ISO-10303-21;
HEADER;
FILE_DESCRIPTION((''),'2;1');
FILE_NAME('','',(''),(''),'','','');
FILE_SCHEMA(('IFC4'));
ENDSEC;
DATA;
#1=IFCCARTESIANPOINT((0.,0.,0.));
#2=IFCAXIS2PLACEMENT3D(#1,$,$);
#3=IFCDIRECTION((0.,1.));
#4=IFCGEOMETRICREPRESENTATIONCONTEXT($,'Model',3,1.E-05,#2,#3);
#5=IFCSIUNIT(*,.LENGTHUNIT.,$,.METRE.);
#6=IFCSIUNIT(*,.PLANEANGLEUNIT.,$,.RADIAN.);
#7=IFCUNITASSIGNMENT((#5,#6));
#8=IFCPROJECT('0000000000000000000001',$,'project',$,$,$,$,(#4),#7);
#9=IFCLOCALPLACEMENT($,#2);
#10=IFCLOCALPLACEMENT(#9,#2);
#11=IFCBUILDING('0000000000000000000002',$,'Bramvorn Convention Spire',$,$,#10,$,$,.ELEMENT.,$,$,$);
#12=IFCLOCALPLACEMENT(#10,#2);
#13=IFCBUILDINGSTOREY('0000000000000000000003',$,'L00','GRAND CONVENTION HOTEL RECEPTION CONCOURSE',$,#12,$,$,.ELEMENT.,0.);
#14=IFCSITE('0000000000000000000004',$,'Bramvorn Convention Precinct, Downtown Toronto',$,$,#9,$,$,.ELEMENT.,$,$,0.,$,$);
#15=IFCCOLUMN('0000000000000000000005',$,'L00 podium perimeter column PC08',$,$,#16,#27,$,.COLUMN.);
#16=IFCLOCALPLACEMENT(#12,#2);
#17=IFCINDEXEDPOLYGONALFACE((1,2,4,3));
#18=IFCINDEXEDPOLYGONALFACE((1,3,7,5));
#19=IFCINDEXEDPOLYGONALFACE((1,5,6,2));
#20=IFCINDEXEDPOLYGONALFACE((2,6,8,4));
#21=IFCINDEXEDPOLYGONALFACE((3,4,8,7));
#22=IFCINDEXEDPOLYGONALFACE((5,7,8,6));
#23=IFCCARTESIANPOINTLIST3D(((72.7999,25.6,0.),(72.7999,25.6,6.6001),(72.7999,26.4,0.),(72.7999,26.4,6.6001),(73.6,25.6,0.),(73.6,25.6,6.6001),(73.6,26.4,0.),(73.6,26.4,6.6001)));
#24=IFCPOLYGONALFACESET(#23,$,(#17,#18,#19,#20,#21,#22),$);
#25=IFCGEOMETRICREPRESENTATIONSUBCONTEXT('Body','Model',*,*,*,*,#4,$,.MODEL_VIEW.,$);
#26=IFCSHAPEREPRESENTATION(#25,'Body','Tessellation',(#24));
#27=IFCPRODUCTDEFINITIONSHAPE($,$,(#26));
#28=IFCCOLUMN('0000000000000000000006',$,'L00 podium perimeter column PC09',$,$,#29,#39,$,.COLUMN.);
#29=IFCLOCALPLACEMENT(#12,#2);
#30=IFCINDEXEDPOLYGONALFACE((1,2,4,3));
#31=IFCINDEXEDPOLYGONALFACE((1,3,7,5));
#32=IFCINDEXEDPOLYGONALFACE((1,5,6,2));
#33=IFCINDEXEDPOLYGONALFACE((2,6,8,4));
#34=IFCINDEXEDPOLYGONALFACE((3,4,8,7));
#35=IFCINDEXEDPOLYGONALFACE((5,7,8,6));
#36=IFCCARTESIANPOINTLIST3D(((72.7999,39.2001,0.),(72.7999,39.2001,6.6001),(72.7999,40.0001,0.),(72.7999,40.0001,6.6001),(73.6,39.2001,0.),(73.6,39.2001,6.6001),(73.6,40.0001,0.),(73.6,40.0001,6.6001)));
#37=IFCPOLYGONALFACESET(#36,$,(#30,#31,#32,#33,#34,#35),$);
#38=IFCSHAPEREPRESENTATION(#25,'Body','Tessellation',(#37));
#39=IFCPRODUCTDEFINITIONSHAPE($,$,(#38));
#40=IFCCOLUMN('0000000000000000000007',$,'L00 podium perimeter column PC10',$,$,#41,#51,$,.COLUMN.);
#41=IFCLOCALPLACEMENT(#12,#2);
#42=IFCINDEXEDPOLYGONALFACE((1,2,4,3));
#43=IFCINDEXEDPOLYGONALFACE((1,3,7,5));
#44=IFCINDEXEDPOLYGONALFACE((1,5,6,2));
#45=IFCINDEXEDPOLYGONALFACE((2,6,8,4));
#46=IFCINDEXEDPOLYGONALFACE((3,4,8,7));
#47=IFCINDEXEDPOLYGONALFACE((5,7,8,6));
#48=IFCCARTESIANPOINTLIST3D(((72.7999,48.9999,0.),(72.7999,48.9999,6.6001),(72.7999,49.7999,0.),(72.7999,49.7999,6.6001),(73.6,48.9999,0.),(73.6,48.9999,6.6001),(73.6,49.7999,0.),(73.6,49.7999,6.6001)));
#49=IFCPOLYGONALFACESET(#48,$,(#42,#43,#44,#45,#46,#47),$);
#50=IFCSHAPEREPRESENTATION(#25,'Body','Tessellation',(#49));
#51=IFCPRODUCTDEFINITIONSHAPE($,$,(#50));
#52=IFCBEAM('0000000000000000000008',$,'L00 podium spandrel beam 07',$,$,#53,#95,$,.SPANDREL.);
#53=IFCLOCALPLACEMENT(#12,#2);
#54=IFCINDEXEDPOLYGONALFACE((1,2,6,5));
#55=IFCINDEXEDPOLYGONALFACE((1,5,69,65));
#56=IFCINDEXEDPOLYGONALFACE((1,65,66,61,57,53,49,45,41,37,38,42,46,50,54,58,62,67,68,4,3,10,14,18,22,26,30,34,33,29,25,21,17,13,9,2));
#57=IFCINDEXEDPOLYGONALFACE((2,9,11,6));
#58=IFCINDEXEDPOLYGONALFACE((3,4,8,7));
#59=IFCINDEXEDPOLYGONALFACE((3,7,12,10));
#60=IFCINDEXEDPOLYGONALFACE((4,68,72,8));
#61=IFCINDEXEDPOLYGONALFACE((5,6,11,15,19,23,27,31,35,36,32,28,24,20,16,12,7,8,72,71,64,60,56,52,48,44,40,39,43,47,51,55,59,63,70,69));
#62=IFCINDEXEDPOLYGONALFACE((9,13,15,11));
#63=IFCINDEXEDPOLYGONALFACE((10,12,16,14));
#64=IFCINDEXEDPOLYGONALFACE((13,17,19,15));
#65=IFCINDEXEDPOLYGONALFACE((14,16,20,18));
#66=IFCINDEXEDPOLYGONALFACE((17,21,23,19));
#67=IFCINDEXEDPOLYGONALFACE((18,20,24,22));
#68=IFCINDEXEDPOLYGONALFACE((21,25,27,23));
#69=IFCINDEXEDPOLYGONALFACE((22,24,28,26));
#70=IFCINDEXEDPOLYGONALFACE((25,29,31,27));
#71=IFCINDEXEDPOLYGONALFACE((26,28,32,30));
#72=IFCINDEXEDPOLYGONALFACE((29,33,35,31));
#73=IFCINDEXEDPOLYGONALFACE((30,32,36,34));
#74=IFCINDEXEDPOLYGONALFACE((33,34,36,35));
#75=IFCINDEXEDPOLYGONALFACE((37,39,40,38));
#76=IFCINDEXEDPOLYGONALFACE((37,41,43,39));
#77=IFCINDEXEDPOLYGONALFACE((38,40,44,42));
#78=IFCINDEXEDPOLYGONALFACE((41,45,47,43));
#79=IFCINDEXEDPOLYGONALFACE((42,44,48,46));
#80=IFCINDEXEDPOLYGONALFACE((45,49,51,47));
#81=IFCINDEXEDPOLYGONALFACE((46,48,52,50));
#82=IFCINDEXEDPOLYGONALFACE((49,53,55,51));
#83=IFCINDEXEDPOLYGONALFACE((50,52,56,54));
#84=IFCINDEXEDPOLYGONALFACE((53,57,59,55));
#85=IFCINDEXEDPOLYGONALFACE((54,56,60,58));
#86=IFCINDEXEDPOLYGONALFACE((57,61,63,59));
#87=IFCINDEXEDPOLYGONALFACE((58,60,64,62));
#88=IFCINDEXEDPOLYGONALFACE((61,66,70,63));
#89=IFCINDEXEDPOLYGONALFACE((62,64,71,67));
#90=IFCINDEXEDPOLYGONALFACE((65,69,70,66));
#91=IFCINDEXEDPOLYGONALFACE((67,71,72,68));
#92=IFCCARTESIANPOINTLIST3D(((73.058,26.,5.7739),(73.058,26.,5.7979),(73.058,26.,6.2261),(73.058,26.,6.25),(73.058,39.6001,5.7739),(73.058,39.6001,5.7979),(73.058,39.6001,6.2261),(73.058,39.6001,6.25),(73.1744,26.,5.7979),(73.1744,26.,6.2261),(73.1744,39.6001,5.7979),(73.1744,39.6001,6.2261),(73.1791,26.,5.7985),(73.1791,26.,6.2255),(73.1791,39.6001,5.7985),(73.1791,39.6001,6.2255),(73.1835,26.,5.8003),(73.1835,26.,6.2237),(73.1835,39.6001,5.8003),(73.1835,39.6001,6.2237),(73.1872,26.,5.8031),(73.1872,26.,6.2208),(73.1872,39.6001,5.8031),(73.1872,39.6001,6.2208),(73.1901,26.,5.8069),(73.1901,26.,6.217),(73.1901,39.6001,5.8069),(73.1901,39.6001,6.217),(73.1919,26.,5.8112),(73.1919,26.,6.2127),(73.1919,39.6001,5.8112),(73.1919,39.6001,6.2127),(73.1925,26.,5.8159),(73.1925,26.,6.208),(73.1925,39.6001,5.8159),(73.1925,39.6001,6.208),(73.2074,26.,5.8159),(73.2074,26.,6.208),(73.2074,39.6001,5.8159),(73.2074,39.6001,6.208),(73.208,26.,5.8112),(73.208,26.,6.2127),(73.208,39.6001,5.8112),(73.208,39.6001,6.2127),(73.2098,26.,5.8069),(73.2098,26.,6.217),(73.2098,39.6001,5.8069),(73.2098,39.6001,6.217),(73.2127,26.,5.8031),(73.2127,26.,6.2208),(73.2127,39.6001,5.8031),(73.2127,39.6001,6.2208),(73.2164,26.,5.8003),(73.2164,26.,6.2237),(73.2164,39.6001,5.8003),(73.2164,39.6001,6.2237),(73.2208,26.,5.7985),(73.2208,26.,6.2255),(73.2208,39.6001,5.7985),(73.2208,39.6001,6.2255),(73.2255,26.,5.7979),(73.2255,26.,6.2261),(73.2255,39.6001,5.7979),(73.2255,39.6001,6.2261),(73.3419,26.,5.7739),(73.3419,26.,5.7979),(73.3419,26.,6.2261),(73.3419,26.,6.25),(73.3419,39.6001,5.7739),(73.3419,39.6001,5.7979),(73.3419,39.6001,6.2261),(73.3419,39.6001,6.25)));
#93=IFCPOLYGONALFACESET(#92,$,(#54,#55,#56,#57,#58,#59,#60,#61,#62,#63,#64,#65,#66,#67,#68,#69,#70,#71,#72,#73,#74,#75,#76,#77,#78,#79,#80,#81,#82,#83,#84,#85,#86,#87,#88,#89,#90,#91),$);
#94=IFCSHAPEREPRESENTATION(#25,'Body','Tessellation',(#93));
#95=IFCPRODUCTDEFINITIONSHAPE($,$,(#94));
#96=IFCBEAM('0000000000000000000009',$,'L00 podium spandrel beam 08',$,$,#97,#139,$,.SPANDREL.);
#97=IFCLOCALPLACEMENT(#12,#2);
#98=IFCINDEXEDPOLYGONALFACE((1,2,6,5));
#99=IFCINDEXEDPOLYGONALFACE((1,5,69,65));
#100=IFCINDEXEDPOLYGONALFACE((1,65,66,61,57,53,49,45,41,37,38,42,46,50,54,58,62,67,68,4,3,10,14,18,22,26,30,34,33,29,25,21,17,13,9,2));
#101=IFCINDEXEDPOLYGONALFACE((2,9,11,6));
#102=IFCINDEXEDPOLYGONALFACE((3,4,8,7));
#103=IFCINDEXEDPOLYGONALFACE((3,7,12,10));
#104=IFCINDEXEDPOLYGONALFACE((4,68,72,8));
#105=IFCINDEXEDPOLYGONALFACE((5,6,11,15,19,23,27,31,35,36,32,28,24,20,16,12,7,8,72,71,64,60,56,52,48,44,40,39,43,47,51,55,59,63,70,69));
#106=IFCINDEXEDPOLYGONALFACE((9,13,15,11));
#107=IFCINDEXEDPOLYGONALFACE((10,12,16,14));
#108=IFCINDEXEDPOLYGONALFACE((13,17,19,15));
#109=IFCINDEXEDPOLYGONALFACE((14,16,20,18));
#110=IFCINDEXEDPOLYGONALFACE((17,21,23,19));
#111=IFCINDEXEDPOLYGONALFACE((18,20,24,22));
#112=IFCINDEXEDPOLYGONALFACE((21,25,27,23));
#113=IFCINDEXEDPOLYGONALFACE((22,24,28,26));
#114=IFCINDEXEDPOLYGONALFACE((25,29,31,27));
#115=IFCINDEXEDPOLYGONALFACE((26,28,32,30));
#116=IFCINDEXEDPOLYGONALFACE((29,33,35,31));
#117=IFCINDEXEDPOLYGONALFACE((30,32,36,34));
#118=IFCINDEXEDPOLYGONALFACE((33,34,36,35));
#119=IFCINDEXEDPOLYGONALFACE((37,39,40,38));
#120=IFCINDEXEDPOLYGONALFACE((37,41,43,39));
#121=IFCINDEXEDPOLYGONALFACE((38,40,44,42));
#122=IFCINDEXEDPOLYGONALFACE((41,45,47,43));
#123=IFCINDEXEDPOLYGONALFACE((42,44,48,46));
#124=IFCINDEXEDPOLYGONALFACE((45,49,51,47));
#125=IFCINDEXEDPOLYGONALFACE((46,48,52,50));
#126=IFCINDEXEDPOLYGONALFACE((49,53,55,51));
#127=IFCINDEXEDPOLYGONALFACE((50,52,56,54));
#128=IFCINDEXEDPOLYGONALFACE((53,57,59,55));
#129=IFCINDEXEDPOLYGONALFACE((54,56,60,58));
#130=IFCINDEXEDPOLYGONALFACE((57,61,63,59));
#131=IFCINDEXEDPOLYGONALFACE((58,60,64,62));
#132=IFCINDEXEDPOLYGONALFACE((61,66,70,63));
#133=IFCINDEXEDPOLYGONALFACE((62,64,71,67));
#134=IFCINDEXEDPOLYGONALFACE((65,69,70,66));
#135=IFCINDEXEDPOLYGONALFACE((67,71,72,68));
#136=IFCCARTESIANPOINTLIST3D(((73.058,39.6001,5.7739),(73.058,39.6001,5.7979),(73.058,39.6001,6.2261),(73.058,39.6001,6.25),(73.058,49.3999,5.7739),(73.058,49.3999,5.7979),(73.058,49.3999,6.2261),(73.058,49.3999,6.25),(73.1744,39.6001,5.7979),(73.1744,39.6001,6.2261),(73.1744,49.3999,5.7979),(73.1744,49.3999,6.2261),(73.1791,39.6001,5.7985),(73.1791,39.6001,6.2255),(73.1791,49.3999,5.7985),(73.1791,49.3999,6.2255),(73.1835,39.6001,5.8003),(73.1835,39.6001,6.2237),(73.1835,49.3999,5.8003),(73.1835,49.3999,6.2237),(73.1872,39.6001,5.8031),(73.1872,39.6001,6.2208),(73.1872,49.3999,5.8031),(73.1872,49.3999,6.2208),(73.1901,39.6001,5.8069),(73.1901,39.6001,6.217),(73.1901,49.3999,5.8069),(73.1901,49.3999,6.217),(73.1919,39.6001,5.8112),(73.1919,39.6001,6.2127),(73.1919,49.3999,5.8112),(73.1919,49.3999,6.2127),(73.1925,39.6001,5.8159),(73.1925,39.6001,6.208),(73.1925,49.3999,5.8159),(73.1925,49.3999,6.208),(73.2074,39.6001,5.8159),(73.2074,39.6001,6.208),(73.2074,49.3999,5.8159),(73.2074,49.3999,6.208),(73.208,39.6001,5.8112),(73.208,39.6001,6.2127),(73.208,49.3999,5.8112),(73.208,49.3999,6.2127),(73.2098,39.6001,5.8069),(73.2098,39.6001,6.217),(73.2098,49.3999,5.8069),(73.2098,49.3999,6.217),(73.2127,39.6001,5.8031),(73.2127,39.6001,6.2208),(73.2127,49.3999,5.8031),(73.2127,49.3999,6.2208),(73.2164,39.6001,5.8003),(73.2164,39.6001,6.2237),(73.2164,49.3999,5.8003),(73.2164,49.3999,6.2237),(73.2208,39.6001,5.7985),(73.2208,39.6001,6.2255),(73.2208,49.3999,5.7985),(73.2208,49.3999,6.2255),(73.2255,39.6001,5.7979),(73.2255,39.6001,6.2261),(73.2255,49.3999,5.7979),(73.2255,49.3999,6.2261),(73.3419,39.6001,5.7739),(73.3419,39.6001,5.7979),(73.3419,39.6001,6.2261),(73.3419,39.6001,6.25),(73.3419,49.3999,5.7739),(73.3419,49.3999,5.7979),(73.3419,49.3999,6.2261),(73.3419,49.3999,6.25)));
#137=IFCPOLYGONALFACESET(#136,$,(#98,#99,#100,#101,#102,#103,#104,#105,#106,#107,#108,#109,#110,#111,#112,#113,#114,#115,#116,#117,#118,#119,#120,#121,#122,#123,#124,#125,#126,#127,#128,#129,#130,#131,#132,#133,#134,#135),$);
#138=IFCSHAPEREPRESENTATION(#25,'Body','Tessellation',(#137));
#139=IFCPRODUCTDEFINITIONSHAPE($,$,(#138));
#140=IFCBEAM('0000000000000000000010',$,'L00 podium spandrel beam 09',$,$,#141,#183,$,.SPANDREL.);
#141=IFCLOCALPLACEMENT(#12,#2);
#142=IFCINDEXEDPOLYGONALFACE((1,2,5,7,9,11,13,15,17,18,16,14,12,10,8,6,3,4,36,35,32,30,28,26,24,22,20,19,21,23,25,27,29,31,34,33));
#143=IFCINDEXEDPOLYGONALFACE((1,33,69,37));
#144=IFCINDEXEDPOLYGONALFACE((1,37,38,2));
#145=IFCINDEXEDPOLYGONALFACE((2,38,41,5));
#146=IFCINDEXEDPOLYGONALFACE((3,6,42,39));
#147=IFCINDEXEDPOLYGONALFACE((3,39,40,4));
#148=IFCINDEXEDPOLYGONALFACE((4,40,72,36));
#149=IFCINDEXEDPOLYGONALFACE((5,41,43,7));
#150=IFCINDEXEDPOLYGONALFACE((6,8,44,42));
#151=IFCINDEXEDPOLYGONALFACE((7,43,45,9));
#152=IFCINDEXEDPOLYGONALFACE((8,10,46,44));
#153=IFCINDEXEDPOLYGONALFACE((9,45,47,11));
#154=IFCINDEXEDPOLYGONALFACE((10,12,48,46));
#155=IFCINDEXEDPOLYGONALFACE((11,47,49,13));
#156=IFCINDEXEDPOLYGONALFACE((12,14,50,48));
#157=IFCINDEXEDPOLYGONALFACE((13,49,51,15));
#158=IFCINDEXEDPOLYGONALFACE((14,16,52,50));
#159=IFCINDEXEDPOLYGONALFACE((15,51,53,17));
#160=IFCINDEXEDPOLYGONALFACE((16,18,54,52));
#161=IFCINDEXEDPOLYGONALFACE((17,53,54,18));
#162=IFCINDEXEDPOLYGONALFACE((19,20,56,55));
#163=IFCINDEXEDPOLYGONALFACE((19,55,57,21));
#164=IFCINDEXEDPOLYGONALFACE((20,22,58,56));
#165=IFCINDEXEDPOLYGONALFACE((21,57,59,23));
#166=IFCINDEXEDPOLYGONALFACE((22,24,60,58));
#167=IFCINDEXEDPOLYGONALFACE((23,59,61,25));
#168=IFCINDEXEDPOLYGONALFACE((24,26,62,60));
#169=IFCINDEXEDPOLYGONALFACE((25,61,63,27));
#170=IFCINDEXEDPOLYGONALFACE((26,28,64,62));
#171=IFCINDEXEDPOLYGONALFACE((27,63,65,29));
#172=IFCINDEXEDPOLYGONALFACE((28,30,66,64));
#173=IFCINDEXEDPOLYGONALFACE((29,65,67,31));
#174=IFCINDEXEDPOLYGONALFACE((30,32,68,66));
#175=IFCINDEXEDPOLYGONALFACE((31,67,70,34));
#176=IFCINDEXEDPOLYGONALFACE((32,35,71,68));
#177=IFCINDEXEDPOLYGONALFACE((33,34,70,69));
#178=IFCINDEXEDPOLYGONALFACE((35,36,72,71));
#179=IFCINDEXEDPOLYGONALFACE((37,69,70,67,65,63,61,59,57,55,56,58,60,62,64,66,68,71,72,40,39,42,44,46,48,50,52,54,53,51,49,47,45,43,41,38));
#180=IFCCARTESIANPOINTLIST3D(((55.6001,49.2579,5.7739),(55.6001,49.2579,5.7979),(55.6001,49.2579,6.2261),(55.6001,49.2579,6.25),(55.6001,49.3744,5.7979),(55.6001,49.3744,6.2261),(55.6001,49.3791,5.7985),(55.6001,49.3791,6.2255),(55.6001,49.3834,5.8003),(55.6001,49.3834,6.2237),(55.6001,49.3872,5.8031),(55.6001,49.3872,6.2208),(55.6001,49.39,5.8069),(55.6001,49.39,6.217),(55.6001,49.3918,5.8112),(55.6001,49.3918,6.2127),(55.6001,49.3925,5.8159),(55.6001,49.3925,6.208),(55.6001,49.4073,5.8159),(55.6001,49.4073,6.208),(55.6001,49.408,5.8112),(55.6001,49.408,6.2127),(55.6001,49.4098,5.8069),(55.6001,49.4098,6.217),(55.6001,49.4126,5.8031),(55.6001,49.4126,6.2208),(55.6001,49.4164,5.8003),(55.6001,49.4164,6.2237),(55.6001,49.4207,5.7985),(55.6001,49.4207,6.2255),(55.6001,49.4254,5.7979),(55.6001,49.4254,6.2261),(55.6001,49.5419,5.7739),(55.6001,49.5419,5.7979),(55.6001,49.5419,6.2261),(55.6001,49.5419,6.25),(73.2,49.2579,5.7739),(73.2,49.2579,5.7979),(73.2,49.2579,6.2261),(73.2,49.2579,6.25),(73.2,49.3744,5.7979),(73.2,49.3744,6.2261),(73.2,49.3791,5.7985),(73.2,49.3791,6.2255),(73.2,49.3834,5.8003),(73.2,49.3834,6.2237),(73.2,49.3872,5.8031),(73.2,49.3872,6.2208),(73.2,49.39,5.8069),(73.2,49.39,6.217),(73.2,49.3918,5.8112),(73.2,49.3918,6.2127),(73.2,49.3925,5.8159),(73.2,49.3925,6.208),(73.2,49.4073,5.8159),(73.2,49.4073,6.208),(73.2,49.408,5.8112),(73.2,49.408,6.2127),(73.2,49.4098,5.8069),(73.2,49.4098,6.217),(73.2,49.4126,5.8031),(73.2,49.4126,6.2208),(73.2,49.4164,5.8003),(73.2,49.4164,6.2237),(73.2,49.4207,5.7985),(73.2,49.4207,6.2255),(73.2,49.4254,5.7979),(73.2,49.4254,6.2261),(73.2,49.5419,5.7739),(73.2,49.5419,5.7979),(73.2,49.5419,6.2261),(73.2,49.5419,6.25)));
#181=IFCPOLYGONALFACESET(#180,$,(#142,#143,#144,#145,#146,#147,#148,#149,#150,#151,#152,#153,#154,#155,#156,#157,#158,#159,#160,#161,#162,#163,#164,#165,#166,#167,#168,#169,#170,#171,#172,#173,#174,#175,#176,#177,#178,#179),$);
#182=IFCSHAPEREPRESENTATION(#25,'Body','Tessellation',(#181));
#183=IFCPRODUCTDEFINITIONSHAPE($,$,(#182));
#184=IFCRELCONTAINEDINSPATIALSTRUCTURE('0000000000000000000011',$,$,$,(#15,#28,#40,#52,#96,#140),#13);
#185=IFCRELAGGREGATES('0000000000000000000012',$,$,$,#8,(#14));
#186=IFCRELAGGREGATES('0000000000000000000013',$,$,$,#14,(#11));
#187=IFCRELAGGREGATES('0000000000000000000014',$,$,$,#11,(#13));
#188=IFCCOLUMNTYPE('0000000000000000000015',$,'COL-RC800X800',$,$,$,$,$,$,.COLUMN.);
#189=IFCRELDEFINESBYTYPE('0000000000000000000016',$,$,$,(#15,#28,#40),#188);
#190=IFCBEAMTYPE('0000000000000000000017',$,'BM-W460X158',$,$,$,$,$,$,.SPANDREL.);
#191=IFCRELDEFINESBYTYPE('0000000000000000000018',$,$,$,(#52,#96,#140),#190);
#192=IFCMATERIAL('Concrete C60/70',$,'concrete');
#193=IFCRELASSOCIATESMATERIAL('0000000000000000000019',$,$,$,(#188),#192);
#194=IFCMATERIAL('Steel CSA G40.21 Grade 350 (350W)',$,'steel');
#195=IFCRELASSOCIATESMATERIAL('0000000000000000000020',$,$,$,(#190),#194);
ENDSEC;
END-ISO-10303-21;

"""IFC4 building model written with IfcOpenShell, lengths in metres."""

from ifc_helpers import new_model, si_unit, direction, frame, origin, origin_2d, place, context, subcontext, project, spatial, rectangle, i_section, extrude, material, material_profile, profile_set, type_object, element, save


model = new_model("IFC4")

# Units and contexts
model_context = context("Model", 3, precision=1e-05, world=origin(), true_north=direction((0.0, 1.0)))
body_context = subcontext(model_context, "Body", "Model", "MODEL_VIEW")
ifc_project = project(units=[si_unit("LENGTHUNIT", "METRE"), si_unit("PLANEANGLEUNIT", "RADIAN")], contexts=[model_context])

# Site, building, storey
site_placement = place(None, origin())
site = spatial("IfcSite", under=ifc_project, at=site_placement, Name="Bramvorn Convention Precinct, Downtown Toronto", CompositionType="ELEMENT", RefElevation=0.0)
building_placement = place(site_placement, origin())
building = spatial("IfcBuilding", under=site, at=building_placement, Name="Bramvorn Convention Spire", CompositionType="ELEMENT")
storey_placement = place(building_placement, origin())
storey = spatial("IfcBuildingStorey", under=building, at=storey_placement, Name="L00", Description="GRAND CONVENTION HOTEL RECEPTION CONCOURSE", CompositionType="ELEMENT", Elevation=0.0)

# Columns
ifc_material_1 = material(Name="Concrete C60/70", Category="concrete")
ifc_material_profile_1 = material_profile(ifc_material_1, rectangle(XDim=0.8, YDim=0.8, at=origin_2d()))
ifc_profile_set_1 = profile_set([ifc_material_profile_1], Name="Concrete C60/70 - RC800X800")
column_type = type_object("IfcColumnType", Name="COL-RC800X800", PredefinedType="COLUMN", material=ifc_profile_set_1)
for number, where, z_axis, x_axis, name in (
    (1, (73.2, 26.0, 0.0), (0.0, 0.0, 1.0), (1.0, 0.0, 0.0), "L00 podium perimeter column PC08"),
    (2, (73.2, 39.6001, 0.0), (0.0, 0.0, 1.0), (1.0, 0.0, 0.0), "L00 podium perimeter column PC09"),
    (3, (73.2, 49.3999, 0.0), (0.0, 0.0, 1.0), (1.0, 0.0, 0.0), "L00 podium perimeter column PC10"),
):
    element("IfcColumn", number, at=place(storey_placement, frame(where, z_axis=z_axis, x_axis=x_axis)), inside=storey, type_object=column_type, Name=name, PredefinedType="COLUMN", context=body_context, shape_type="SweptSolid", body=[
        extrude(rectangle(XDim=0.8, YDim=0.8, at=origin_2d()), origin(), (0.0, 0.0, 1.0), 6.6001),
    ])

# Beams
ifc_material_2 = material(Name="Steel CSA G40.21 Grade 350 (350W)", Category="steel")
ifc_material_profile_2 = material_profile(ifc_material_2, i_section(OverallWidth=0.2839, OverallDepth=0.4761, WebThickness=0.0149, FlangeThickness=0.0239, FilletRadius=0.0181, at=origin_2d()))
ifc_profile_set_2 = profile_set([ifc_material_profile_2], Name="Steel CSA G40.21 Grade 350 (350W) - W460X158")
beam_type = type_object("IfcBeamType", Name="BM-W460X158", PredefinedType="SPANDREL", material=ifc_profile_set_2)
beam_1_placement = place(storey_placement, frame((73.2, 26.0, 6.012), z_axis=(0.0, 1.0, 0.0), x_axis=(-1.0, 0.0, 0.0)))
element("IfcBeam", 4, at=beam_1_placement, inside=storey, type_object=beam_type, Name="L00 podium spandrel beam 07", PredefinedType="SPANDREL", context=body_context, shape_type="SweptSolid", body=[
    extrude(i_section(OverallWidth=0.2839, OverallDepth=0.4761, WebThickness=0.0149, FlangeThickness=0.0239, FilletRadius=0.0181, at=origin_2d()), origin(), (0.0, 0.0, 1.0), 13.6001),
])
beam_2_placement = place(storey_placement, frame((73.2, 39.6001, 6.012), z_axis=(0.0, 1.0, 0.0), x_axis=(-1.0, 0.0, 0.0)))
element("IfcBeam", 5, at=beam_2_placement, inside=storey, type_object=beam_type, Name="L00 podium spandrel beam 08", PredefinedType="SPANDREL", context=body_context, shape_type="SweptSolid", body=[
    extrude(i_section(OverallWidth=0.2839, OverallDepth=0.4761, WebThickness=0.0149, FlangeThickness=0.0239, FilletRadius=0.0181, at=origin_2d()), origin(), (0.0, 0.0, 1.0), 9.7998),
])
beam_3_placement = place(storey_placement, frame((73.2, 49.3999, 6.012), z_axis=(-1.0, 0.0, 0.0), x_axis=(0.0, -1.0, 0.0)))
element("IfcBeam", 6, at=beam_3_placement, inside=storey, type_object=beam_type, Name="L00 podium spandrel beam 09", PredefinedType="SPANDREL", context=body_context, shape_type="SweptSolid", body=[
    extrude(i_section(OverallWidth=0.2839, OverallDepth=0.4761, WebThickness=0.0149, FlangeThickness=0.0239, FilletRadius=0.0181, at=origin_2d()), origin(), (0.0, 0.0, 1.0), 17.5999),
])

save(model, "model.ifc")
